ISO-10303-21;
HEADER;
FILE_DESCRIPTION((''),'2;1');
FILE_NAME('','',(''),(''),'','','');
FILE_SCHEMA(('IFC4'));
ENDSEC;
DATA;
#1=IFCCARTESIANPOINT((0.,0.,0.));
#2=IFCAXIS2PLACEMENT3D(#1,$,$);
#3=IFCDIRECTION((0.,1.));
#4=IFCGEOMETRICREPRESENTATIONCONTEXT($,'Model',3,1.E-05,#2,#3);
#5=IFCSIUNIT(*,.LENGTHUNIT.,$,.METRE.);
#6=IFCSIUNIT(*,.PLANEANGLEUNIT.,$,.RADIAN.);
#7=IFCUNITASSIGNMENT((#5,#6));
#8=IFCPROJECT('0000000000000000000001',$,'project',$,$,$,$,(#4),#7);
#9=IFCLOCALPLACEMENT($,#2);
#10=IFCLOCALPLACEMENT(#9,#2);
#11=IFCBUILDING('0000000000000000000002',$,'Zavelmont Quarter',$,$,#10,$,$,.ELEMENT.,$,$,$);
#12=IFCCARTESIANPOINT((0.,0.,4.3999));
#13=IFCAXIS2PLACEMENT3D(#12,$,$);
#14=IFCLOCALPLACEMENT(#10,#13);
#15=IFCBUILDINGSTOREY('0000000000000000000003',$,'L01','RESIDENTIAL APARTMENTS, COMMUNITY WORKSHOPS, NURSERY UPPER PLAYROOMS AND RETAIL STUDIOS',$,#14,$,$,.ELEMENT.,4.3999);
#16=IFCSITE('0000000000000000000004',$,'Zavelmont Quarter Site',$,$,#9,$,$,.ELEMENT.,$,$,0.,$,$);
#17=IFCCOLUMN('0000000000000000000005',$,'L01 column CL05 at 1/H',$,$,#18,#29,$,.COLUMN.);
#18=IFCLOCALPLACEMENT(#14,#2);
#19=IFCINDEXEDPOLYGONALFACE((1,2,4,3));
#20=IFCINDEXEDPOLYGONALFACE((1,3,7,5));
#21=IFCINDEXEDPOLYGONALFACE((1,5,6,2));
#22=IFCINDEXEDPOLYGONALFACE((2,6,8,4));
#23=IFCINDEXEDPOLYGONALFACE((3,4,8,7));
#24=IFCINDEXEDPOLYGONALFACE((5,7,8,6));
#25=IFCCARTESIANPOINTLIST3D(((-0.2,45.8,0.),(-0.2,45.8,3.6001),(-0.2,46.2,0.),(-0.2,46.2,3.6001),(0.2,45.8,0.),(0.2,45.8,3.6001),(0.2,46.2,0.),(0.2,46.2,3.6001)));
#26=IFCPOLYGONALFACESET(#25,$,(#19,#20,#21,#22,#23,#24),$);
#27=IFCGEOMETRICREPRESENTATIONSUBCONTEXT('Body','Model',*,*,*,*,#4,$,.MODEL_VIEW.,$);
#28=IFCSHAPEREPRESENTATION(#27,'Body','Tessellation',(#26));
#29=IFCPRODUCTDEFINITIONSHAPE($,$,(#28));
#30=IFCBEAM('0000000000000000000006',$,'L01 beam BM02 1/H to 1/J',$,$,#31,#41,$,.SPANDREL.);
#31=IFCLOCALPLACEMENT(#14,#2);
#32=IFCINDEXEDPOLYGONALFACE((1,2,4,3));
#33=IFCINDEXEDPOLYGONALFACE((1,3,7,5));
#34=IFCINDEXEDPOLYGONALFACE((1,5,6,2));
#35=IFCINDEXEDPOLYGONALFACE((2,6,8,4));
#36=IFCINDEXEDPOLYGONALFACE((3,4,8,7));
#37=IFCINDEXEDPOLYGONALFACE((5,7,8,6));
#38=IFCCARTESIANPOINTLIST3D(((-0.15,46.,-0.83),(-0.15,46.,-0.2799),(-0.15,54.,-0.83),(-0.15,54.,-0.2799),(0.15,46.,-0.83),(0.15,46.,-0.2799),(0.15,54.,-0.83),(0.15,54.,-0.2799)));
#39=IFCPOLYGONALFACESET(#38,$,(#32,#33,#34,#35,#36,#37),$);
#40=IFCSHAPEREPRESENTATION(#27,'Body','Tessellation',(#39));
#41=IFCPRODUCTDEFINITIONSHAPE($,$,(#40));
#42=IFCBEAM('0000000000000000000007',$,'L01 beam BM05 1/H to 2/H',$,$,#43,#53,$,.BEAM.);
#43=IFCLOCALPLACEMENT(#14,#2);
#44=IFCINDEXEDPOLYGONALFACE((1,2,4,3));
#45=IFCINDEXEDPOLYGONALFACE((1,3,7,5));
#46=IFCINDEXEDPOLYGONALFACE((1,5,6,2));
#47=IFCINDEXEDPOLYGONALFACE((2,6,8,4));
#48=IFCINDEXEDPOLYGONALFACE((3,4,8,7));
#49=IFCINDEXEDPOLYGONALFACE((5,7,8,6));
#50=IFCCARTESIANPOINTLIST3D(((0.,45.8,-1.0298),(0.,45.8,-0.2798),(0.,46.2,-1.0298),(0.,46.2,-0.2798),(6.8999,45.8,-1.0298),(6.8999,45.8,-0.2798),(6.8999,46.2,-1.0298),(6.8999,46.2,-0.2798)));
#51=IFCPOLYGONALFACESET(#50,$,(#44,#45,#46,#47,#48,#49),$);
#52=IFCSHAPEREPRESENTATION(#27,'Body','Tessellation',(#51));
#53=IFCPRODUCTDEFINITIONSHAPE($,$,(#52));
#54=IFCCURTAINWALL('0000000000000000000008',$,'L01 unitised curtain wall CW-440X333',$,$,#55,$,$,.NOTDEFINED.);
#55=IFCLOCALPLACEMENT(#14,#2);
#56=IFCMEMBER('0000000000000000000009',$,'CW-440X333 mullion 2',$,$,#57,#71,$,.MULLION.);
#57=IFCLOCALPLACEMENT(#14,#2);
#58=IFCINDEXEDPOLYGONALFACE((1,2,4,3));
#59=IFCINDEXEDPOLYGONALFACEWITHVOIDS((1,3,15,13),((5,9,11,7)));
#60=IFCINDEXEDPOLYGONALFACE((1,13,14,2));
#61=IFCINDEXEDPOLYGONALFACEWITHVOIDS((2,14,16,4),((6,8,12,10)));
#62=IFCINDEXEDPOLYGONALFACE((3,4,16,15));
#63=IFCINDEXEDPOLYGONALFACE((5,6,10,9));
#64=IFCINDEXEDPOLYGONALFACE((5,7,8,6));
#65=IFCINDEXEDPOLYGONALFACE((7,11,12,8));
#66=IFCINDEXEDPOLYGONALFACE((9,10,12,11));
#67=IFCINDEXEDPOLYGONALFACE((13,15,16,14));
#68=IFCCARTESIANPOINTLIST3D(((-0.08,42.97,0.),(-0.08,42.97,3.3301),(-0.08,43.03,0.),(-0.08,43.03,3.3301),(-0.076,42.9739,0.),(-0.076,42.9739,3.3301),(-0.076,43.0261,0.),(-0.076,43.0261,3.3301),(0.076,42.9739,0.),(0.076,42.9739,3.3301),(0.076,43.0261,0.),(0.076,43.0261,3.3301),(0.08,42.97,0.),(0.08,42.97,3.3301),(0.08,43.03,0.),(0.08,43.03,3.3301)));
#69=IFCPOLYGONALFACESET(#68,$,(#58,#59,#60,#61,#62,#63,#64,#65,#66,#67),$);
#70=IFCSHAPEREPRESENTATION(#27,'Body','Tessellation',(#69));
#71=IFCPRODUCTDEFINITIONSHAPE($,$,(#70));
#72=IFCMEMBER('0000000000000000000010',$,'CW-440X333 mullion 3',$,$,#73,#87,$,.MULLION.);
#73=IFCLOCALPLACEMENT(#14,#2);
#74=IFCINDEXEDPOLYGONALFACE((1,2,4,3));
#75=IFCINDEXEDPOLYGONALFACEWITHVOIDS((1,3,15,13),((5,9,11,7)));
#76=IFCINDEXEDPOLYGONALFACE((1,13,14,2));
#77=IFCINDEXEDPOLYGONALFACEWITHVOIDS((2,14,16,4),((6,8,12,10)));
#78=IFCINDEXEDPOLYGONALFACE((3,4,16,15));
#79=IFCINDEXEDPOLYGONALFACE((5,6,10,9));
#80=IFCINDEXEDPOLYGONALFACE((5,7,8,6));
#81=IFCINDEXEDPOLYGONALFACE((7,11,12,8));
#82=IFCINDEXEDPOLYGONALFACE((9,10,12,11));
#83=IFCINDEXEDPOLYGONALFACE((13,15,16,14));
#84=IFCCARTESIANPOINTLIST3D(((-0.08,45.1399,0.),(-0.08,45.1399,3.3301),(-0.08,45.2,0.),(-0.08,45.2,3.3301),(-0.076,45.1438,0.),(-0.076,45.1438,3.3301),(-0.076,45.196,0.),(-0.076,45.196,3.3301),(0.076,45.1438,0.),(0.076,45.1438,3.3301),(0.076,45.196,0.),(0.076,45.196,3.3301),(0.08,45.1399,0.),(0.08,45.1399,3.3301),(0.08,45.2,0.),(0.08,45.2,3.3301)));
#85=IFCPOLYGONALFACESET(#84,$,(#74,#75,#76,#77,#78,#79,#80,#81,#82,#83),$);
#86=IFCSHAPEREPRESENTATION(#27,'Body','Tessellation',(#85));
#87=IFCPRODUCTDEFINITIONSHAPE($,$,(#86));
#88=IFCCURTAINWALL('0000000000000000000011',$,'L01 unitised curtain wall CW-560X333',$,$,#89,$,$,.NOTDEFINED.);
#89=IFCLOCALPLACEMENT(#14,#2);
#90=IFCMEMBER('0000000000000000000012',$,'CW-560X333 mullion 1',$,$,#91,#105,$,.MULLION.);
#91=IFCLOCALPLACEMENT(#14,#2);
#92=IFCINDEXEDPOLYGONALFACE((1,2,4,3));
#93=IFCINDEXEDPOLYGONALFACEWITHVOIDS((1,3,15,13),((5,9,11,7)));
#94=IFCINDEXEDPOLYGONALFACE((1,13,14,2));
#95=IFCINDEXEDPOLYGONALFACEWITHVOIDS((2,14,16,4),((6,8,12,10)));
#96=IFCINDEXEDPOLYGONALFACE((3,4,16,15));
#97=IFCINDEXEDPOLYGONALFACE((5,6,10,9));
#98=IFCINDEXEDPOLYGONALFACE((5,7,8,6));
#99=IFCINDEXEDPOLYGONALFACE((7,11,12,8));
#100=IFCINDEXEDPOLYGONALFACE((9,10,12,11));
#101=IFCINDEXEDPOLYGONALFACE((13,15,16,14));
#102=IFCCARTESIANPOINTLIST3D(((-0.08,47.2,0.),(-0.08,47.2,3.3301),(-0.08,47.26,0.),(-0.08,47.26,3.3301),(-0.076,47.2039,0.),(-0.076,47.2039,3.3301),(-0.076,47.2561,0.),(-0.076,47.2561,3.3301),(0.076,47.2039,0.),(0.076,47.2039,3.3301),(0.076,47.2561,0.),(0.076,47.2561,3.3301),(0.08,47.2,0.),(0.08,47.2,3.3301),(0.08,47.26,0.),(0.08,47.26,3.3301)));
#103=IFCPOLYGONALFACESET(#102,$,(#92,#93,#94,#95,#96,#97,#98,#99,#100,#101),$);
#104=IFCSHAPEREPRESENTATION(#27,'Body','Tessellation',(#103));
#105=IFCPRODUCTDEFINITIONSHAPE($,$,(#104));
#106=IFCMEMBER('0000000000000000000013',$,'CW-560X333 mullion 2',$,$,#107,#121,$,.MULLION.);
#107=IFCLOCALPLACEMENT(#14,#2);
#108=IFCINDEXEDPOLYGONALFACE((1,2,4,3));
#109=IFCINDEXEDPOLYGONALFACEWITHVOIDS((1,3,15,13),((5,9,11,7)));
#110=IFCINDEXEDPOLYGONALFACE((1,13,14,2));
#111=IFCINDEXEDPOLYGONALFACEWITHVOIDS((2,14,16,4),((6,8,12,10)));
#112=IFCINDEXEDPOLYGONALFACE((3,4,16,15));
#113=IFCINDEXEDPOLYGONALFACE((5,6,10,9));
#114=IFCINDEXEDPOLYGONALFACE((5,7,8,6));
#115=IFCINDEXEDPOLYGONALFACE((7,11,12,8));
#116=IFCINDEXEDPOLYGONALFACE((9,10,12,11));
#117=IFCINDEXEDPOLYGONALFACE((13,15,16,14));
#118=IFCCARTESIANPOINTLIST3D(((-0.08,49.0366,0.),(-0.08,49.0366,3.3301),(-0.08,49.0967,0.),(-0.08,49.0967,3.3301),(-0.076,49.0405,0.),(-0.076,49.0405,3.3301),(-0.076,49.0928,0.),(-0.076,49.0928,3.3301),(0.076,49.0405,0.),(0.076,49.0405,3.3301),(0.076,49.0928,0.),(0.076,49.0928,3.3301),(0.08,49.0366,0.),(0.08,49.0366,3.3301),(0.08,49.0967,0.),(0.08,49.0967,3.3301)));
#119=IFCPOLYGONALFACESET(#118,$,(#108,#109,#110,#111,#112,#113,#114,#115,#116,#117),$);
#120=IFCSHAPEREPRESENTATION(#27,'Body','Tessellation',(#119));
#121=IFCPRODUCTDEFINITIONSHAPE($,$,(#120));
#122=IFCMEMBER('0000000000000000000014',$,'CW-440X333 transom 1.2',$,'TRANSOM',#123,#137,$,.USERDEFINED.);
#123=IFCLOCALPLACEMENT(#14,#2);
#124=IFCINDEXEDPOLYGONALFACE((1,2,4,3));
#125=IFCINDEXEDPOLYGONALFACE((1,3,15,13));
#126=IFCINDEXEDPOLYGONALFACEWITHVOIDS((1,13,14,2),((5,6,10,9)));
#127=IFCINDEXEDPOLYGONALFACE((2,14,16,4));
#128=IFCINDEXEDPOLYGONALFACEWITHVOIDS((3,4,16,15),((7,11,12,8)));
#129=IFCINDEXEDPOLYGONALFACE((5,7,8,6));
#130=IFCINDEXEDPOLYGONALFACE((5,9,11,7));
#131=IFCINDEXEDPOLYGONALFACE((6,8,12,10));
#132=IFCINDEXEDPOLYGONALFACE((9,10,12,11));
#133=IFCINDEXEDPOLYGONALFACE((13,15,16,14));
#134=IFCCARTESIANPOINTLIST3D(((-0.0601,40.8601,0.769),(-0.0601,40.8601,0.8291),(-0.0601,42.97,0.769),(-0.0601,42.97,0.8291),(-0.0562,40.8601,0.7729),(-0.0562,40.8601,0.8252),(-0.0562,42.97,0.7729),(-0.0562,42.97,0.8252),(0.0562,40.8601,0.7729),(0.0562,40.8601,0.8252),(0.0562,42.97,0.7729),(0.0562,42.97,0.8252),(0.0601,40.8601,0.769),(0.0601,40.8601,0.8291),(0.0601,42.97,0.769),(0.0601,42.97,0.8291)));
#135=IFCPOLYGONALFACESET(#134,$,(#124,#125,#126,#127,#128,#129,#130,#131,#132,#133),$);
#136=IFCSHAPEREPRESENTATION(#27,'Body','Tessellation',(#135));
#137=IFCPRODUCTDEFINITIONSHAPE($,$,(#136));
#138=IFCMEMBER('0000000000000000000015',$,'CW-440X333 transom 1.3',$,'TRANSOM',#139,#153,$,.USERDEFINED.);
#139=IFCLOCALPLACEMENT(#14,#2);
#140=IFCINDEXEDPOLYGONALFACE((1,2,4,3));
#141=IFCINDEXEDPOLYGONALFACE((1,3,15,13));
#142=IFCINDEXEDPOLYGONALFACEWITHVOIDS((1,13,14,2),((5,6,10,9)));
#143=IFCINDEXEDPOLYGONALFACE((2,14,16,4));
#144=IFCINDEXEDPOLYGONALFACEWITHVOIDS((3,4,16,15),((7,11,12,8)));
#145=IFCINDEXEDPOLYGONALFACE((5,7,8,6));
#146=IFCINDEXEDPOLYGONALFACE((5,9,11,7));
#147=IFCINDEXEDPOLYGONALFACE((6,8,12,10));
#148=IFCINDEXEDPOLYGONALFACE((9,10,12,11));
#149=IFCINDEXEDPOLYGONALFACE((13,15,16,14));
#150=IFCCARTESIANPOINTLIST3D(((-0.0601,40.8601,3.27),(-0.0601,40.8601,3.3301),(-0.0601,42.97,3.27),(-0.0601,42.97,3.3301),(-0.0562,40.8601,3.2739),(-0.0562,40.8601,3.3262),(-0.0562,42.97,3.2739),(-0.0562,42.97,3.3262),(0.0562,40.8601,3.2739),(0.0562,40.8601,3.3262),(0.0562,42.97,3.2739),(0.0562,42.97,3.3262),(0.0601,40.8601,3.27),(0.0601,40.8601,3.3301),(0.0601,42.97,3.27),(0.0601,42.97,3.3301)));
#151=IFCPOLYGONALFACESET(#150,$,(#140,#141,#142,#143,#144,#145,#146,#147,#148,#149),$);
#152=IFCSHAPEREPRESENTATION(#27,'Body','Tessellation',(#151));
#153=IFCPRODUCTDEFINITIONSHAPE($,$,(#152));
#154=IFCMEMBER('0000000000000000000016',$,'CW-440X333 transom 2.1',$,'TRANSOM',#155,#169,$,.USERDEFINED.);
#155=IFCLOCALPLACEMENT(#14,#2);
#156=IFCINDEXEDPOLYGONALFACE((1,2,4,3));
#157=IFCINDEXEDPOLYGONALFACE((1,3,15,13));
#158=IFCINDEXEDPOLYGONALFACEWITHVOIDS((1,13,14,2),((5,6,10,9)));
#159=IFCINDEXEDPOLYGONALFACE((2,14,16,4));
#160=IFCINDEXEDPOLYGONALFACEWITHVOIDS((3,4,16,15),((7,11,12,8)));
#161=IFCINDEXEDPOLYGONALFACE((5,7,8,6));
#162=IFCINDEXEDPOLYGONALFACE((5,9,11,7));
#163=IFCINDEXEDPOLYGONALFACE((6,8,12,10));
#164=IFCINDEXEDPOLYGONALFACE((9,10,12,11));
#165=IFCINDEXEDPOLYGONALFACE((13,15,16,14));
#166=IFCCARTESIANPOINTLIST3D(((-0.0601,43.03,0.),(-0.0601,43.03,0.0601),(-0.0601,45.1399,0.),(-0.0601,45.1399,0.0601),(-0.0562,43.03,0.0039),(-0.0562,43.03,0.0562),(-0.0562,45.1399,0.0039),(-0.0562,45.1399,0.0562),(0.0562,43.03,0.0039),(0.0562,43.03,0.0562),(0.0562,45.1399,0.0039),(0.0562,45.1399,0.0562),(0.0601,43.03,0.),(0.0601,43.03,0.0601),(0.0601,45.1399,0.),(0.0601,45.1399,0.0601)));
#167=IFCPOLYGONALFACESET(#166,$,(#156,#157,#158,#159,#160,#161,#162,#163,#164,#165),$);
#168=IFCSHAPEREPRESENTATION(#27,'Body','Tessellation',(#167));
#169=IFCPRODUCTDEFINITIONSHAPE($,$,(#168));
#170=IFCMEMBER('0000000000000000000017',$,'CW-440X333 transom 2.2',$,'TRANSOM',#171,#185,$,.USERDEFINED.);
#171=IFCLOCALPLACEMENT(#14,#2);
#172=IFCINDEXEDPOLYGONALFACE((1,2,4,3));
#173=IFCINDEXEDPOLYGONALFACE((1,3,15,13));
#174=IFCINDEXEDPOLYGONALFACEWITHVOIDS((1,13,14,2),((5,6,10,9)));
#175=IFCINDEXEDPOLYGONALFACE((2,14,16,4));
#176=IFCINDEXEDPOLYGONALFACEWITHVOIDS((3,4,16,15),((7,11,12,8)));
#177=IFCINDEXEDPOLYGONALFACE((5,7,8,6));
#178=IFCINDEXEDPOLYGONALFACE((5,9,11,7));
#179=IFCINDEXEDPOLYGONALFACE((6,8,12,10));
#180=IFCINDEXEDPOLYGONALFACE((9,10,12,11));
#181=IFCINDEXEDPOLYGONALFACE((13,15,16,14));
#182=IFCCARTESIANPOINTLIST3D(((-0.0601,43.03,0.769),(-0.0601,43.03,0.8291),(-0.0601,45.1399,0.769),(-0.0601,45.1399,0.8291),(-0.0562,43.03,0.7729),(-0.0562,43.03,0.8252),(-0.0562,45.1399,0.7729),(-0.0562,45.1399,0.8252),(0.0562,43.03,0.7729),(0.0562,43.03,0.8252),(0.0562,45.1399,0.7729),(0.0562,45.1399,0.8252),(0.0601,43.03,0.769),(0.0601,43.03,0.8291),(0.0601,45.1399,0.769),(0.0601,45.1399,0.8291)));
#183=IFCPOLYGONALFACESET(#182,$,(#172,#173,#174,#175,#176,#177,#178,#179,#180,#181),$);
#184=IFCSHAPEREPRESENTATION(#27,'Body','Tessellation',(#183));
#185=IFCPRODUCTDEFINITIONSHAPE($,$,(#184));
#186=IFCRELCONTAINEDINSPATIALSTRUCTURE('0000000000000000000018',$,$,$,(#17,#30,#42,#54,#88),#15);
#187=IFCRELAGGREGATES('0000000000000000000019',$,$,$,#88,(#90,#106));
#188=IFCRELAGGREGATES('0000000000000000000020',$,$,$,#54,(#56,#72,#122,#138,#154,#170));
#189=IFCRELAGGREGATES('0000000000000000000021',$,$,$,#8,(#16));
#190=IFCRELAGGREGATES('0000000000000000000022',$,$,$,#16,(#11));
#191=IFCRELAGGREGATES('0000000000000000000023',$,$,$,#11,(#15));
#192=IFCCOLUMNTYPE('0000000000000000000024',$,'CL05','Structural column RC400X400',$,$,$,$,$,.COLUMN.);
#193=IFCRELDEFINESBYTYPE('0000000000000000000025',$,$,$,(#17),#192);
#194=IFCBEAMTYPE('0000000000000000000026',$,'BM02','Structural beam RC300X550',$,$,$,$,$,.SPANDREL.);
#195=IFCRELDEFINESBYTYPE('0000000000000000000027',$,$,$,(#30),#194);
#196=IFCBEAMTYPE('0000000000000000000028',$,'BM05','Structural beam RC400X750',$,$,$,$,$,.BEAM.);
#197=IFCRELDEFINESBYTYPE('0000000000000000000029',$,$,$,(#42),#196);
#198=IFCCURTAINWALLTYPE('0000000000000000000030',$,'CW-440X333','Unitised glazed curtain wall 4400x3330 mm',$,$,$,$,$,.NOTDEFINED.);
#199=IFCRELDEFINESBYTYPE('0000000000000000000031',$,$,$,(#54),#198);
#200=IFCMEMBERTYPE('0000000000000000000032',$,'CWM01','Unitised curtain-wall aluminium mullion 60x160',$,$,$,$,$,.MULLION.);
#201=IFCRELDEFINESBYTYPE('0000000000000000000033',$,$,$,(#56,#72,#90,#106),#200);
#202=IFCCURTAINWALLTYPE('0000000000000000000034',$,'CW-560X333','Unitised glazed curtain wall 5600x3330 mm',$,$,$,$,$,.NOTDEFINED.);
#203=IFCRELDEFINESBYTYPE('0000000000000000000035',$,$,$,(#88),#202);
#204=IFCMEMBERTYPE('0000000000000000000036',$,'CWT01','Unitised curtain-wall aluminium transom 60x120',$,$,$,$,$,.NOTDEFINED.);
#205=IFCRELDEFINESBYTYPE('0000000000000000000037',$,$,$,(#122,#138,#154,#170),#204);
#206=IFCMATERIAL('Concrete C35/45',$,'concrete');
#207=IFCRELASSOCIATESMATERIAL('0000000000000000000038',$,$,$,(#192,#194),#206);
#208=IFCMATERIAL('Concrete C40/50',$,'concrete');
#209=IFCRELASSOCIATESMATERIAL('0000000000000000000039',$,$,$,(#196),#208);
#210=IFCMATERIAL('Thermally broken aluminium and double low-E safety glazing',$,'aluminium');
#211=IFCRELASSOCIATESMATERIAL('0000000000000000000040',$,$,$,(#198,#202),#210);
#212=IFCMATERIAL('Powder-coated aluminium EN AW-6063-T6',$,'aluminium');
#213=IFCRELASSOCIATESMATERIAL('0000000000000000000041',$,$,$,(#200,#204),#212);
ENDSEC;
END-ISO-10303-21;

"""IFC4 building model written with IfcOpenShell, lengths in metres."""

from ifc_helpers import new_model, si_unit, direction, frame, origin, origin_2d, place, context, subcontext, project, spatial, rectangle, hollow_rectangle, extrude, material, material_profile, profile_set, type_object, element, aggregate, save


model = new_model("IFC4")

# Units and contexts
model_context = context("Model", 3, precision=1e-05, world=origin(), true_north=direction((0.0, 1.0)))
body_context = subcontext(model_context, "Body", "Model", "MODEL_VIEW")
ifc_project = project(units=[si_unit("LENGTHUNIT", "METRE"), si_unit("PLANEANGLEUNIT", "RADIAN")], contexts=[model_context])

# Site, building, storey
site_placement = place(None, origin())
site = spatial("IfcSite", under=ifc_project, at=site_placement, Name="Zavelmont Quarter Site", CompositionType="ELEMENT", RefElevation=0.0)
building_placement = place(site_placement, origin())
building = spatial("IfcBuilding", under=site, at=building_placement, Name="Zavelmont Quarter", CompositionType="ELEMENT")
storey_placement = place(building_placement, frame((0.0, 0.0, 4.3999)))
storey = spatial("IfcBuildingStorey", under=building, at=storey_placement, Name="L01", Description="RESIDENTIAL APARTMENTS, COMMUNITY WORKSHOPS, NURSERY UPPER PLAYROOMS AND RETAIL STUDIOS", CompositionType="ELEMENT", Elevation=4.3999)

# Column
ifc_material_1 = material(Name="Concrete C35/45", Category="concrete")
ifc_material_profile_1 = material_profile(ifc_material_1, rectangle(XDim=0.3999, YDim=0.3999, at=origin_2d()), Name="RC400X400")
ifc_profile_set_1 = profile_set([ifc_material_profile_1], Name="Concrete C35/45")
column_type = type_object("IfcColumnType", Name="CL05", Description="Structural column RC400X400", PredefinedType="COLUMN", material=ifc_profile_set_1)
column_placement = place(storey_placement, frame((0.0, 46.0, 0.0), z_axis=(0.0, 0.0, 1.0), x_axis=(1.0, 0.0, 0.0)))
element("IfcColumn", 1, at=column_placement, inside=storey, type_object=column_type, Name="L01 column CL05 at 1/H", PredefinedType="COLUMN", context=body_context, shape_type="SweptSolid", body=[
    extrude(rectangle(XDim=0.3999, YDim=0.3999, at=origin_2d()), origin(), (0.0, 0.0, 1.0), 3.6001),
])

# Beams
ifc_material_profile_2 = material_profile(ifc_material_1, rectangle(XDim=0.3, YDim=0.55, at=origin_2d()), Name="RC300X550")
ifc_profile_set_2 = profile_set([ifc_material_profile_2], Name="Concrete C35/45")
beam_type_1 = type_object("IfcBeamType", Name="BM02", Description="Structural beam RC300X550", PredefinedType="SPANDREL", material=ifc_profile_set_2)
beam_1_placement = place(storey_placement, frame((0.0, 46.0, -0.5549), z_axis=(0.0, 1.0, 0.0), x_axis=(-1.0, 0.0, 0.0)))
element("IfcBeam", 2, at=beam_1_placement, inside=storey, type_object=beam_type_1, Name="L01 beam BM02 1/H to 1/J", PredefinedType="SPANDREL", context=body_context, shape_type="SweptSolid", body=[
    extrude(rectangle(XDim=0.3, YDim=0.55, at=origin_2d()), origin(), (0.0, 0.0, 1.0), 8.0),
])
ifc_material_2 = material(Name="Concrete C40/50", Category="concrete")
ifc_material_profile_3 = material_profile(ifc_material_2, rectangle(XDim=0.3999, YDim=0.75, at=origin_2d()), Name="RC400X750")
ifc_profile_set_3 = profile_set([ifc_material_profile_3], Name="Concrete C40/50")
beam_type_2 = type_object("IfcBeamType", Name="BM05", Description="Structural beam RC400X750", PredefinedType="BEAM", material=ifc_profile_set_3)
beam_2_placement = place(storey_placement, frame((0.0, 46.0, -0.6548), z_axis=(1.0, 0.0, 0.0), x_axis=(0.0, 1.0, 0.0)))
element("IfcBeam", 3, at=beam_2_placement, inside=storey, type_object=beam_type_2, Name="L01 beam BM05 1/H to 2/H", PredefinedType="BEAM", context=body_context, shape_type="SweptSolid", body=[
    extrude(rectangle(XDim=0.3999, YDim=0.75, at=origin_2d()), origin(), (0.0, 0.0, 1.0), 6.8999),
])

# Curtain walls, members
ifc_material_3 = material(Name="Thermally broken aluminium and double low-E safety glazing", Category="aluminium")
curtain_wall_type_1 = type_object("IfcCurtainWallType", Name="CW-440X333", Description="Unitised glazed curtain wall 4400x3330 mm", PredefinedType="NOTDEFINED", material=ifc_material_3)
curtain_wall_1_placement = place(storey_placement, origin())
curtain_wall_1 = element("IfcCurtainWall", 4, at=curtain_wall_1_placement, inside=storey, type_object=curtain_wall_type_1, Name="L01 unitised curtain wall CW-440X333", PredefinedType="NOTDEFINED")
ifc_material_4 = material(Name="Powder-coated aluminium EN AW-6063-T6", Category="aluminium")
ifc_material_profile_4 = material_profile(ifc_material_4, hollow_rectangle(XDim=0.0601, YDim=0.1599, WallThickness=0.0039, at=origin_2d()), Name="CWM60X160")
ifc_profile_set_4 = profile_set([ifc_material_profile_4], Name="Powder-coated aluminium EN AW-6063-T6")
member_type_1 = type_object("IfcMemberType", Name="CWM01", Description="Unitised curtain-wall aluminium mullion 60x160", PredefinedType="MULLION", material=ifc_profile_set_4)
member_1_placement = place(storey_placement, frame((0.0, 43.0, 0.0), z_axis=(0.0, 0.0, 1.0), x_axis=(0.0, 1.0, 0.0)))
member_1 = element("IfcMember", 5, at=member_1_placement, type_object=member_type_1, Name="CW-440X333 mullion 2", PredefinedType="MULLION", context=body_context, shape_type="SweptSolid", body=[
    extrude(hollow_rectangle(XDim=0.0601, YDim=0.1599, WallThickness=0.0039, at=origin_2d()), origin(), (0.0, 0.0, 1.0), 3.3301),
])
member_2_placement = place(storey_placement, frame((0.0, 45.1699, 0.0), z_axis=(0.0, 0.0, 1.0), x_axis=(0.0, 1.0, 0.0)))
member_2 = element("IfcMember", 6, at=member_2_placement, type_object=member_type_1, Name="CW-440X333 mullion 3", PredefinedType="MULLION", context=body_context, shape_type="SweptSolid", body=[
    extrude(hollow_rectangle(XDim=0.0601, YDim=0.1599, WallThickness=0.0039, at=origin_2d()), origin(), (0.0, 0.0, 1.0), 3.3301),
])
curtain_wall_type_2 = type_object("IfcCurtainWallType", Name="CW-560X333", Description="Unitised glazed curtain wall 5600x3330 mm", PredefinedType="NOTDEFINED", material=ifc_material_3)
curtain_wall_2_placement = place(storey_placement, origin())
curtain_wall_2 = element("IfcCurtainWall", 7, at=curtain_wall_2_placement, inside=storey, type_object=curtain_wall_type_2, Name="L01 unitised curtain wall CW-560X333", PredefinedType="NOTDEFINED")
member_3_placement = place(storey_placement, frame((0.0, 47.23, 0.0), z_axis=(0.0, 0.0, 1.0), x_axis=(0.0, 1.0, 0.0)))
member_3 = element("IfcMember", 8, at=member_3_placement, type_object=member_type_1, Name="CW-560X333 mullion 1", PredefinedType="MULLION", context=body_context, shape_type="SweptSolid", body=[
    extrude(hollow_rectangle(XDim=0.0601, YDim=0.1599, WallThickness=0.0039, at=origin_2d()), origin(), (0.0, 0.0, 1.0), 3.3301),
])
member_4_placement = place(storey_placement, frame((0.0, 49.0667, 0.0), z_axis=(0.0, 0.0, 1.0), x_axis=(0.0, 1.0, 0.0)))
member_4 = element("IfcMember", 9, at=member_4_placement, type_object=member_type_1, Name="CW-560X333 mullion 2", PredefinedType="MULLION", context=body_context, shape_type="SweptSolid", body=[
    extrude(hollow_rectangle(XDim=0.0601, YDim=0.1599, WallThickness=0.0039, at=origin_2d()), origin(), (0.0, 0.0, 1.0), 3.3301),
])

# Members
ifc_material_profile_5 = material_profile(ifc_material_4, hollow_rectangle(XDim=0.1201, YDim=0.0601, WallThickness=0.0039, at=origin_2d()), Name="CWT60X120")
ifc_profile_set_5 = profile_set([ifc_material_profile_5], Name="Powder-coated aluminium EN AW-6063-T6")
member_type_2 = type_object("IfcMemberType", Name="CWT01", Description="Unitised curtain-wall aluminium transom 60x120", PredefinedType="NOTDEFINED", material=ifc_profile_set_5)
member_5_placement = place(storey_placement, frame((0.0, 40.8601, 0.7991), z_axis=(0.0, 1.0, 0.0), x_axis=(-1.0, 0.0, 0.0)))
member_5 = element("IfcMember", 10, at=member_5_placement, type_object=member_type_2, Name="CW-440X333 transom 1.2", ObjectType="TRANSOM", PredefinedType="USERDEFINED", context=body_context, shape_type="SweptSolid", body=[
    extrude(hollow_rectangle(XDim=0.1201, YDim=0.0601, WallThickness=0.0039, at=origin_2d()), origin(), (0.0, 0.0, 1.0), 2.1099),
])
member_6_placement = place(storey_placement, frame((0.0, 40.8601, 3.3), z_axis=(0.0, 1.0, 0.0), x_axis=(-1.0, 0.0, 0.0)))
member_6 = element("IfcMember", 11, at=member_6_placement, type_object=member_type_2, Name="CW-440X333 transom 1.3", ObjectType="TRANSOM", PredefinedType="USERDEFINED", context=body_context, shape_type="SweptSolid", body=[
    extrude(hollow_rectangle(XDim=0.1201, YDim=0.0601, WallThickness=0.0039, at=origin_2d()), origin(), (0.0, 0.0, 1.0), 2.1099),
])
member_7_placement = place(storey_placement, frame((0.0, 43.03, 0.03), z_axis=(0.0, 1.0, 0.0), x_axis=(-1.0, 0.0, 0.0)))
member_7 = element("IfcMember", 12, at=member_7_placement, type_object=member_type_2, Name="CW-440X333 transom 2.1", ObjectType="TRANSOM", PredefinedType="USERDEFINED", context=body_context, shape_type="SweptSolid", body=[
    extrude(hollow_rectangle(XDim=0.1201, YDim=0.0601, WallThickness=0.0039, at=origin_2d()), origin(), (0.0, 0.0, 1.0), 2.1099),
])
member_8_placement = place(storey_placement, frame((0.0, 43.03, 0.7991), z_axis=(0.0, 1.0, 0.0), x_axis=(-1.0, 0.0, 0.0)))
member_8 = element("IfcMember", 13, at=member_8_placement, type_object=member_type_2, Name="CW-440X333 transom 2.2", ObjectType="TRANSOM", PredefinedType="USERDEFINED", context=body_context, shape_type="SweptSolid", body=[
    extrude(hollow_rectangle(XDim=0.1201, YDim=0.0601, WallThickness=0.0039, at=origin_2d()), origin(), (0.0, 0.0, 1.0), 2.1099),
])

aggregate(curtain_wall_2, [member_3, member_4])
aggregate(curtain_wall_1, [member_1, member_2, member_5, member_6, member_7, member_8])

save(model, "model.ifc")
